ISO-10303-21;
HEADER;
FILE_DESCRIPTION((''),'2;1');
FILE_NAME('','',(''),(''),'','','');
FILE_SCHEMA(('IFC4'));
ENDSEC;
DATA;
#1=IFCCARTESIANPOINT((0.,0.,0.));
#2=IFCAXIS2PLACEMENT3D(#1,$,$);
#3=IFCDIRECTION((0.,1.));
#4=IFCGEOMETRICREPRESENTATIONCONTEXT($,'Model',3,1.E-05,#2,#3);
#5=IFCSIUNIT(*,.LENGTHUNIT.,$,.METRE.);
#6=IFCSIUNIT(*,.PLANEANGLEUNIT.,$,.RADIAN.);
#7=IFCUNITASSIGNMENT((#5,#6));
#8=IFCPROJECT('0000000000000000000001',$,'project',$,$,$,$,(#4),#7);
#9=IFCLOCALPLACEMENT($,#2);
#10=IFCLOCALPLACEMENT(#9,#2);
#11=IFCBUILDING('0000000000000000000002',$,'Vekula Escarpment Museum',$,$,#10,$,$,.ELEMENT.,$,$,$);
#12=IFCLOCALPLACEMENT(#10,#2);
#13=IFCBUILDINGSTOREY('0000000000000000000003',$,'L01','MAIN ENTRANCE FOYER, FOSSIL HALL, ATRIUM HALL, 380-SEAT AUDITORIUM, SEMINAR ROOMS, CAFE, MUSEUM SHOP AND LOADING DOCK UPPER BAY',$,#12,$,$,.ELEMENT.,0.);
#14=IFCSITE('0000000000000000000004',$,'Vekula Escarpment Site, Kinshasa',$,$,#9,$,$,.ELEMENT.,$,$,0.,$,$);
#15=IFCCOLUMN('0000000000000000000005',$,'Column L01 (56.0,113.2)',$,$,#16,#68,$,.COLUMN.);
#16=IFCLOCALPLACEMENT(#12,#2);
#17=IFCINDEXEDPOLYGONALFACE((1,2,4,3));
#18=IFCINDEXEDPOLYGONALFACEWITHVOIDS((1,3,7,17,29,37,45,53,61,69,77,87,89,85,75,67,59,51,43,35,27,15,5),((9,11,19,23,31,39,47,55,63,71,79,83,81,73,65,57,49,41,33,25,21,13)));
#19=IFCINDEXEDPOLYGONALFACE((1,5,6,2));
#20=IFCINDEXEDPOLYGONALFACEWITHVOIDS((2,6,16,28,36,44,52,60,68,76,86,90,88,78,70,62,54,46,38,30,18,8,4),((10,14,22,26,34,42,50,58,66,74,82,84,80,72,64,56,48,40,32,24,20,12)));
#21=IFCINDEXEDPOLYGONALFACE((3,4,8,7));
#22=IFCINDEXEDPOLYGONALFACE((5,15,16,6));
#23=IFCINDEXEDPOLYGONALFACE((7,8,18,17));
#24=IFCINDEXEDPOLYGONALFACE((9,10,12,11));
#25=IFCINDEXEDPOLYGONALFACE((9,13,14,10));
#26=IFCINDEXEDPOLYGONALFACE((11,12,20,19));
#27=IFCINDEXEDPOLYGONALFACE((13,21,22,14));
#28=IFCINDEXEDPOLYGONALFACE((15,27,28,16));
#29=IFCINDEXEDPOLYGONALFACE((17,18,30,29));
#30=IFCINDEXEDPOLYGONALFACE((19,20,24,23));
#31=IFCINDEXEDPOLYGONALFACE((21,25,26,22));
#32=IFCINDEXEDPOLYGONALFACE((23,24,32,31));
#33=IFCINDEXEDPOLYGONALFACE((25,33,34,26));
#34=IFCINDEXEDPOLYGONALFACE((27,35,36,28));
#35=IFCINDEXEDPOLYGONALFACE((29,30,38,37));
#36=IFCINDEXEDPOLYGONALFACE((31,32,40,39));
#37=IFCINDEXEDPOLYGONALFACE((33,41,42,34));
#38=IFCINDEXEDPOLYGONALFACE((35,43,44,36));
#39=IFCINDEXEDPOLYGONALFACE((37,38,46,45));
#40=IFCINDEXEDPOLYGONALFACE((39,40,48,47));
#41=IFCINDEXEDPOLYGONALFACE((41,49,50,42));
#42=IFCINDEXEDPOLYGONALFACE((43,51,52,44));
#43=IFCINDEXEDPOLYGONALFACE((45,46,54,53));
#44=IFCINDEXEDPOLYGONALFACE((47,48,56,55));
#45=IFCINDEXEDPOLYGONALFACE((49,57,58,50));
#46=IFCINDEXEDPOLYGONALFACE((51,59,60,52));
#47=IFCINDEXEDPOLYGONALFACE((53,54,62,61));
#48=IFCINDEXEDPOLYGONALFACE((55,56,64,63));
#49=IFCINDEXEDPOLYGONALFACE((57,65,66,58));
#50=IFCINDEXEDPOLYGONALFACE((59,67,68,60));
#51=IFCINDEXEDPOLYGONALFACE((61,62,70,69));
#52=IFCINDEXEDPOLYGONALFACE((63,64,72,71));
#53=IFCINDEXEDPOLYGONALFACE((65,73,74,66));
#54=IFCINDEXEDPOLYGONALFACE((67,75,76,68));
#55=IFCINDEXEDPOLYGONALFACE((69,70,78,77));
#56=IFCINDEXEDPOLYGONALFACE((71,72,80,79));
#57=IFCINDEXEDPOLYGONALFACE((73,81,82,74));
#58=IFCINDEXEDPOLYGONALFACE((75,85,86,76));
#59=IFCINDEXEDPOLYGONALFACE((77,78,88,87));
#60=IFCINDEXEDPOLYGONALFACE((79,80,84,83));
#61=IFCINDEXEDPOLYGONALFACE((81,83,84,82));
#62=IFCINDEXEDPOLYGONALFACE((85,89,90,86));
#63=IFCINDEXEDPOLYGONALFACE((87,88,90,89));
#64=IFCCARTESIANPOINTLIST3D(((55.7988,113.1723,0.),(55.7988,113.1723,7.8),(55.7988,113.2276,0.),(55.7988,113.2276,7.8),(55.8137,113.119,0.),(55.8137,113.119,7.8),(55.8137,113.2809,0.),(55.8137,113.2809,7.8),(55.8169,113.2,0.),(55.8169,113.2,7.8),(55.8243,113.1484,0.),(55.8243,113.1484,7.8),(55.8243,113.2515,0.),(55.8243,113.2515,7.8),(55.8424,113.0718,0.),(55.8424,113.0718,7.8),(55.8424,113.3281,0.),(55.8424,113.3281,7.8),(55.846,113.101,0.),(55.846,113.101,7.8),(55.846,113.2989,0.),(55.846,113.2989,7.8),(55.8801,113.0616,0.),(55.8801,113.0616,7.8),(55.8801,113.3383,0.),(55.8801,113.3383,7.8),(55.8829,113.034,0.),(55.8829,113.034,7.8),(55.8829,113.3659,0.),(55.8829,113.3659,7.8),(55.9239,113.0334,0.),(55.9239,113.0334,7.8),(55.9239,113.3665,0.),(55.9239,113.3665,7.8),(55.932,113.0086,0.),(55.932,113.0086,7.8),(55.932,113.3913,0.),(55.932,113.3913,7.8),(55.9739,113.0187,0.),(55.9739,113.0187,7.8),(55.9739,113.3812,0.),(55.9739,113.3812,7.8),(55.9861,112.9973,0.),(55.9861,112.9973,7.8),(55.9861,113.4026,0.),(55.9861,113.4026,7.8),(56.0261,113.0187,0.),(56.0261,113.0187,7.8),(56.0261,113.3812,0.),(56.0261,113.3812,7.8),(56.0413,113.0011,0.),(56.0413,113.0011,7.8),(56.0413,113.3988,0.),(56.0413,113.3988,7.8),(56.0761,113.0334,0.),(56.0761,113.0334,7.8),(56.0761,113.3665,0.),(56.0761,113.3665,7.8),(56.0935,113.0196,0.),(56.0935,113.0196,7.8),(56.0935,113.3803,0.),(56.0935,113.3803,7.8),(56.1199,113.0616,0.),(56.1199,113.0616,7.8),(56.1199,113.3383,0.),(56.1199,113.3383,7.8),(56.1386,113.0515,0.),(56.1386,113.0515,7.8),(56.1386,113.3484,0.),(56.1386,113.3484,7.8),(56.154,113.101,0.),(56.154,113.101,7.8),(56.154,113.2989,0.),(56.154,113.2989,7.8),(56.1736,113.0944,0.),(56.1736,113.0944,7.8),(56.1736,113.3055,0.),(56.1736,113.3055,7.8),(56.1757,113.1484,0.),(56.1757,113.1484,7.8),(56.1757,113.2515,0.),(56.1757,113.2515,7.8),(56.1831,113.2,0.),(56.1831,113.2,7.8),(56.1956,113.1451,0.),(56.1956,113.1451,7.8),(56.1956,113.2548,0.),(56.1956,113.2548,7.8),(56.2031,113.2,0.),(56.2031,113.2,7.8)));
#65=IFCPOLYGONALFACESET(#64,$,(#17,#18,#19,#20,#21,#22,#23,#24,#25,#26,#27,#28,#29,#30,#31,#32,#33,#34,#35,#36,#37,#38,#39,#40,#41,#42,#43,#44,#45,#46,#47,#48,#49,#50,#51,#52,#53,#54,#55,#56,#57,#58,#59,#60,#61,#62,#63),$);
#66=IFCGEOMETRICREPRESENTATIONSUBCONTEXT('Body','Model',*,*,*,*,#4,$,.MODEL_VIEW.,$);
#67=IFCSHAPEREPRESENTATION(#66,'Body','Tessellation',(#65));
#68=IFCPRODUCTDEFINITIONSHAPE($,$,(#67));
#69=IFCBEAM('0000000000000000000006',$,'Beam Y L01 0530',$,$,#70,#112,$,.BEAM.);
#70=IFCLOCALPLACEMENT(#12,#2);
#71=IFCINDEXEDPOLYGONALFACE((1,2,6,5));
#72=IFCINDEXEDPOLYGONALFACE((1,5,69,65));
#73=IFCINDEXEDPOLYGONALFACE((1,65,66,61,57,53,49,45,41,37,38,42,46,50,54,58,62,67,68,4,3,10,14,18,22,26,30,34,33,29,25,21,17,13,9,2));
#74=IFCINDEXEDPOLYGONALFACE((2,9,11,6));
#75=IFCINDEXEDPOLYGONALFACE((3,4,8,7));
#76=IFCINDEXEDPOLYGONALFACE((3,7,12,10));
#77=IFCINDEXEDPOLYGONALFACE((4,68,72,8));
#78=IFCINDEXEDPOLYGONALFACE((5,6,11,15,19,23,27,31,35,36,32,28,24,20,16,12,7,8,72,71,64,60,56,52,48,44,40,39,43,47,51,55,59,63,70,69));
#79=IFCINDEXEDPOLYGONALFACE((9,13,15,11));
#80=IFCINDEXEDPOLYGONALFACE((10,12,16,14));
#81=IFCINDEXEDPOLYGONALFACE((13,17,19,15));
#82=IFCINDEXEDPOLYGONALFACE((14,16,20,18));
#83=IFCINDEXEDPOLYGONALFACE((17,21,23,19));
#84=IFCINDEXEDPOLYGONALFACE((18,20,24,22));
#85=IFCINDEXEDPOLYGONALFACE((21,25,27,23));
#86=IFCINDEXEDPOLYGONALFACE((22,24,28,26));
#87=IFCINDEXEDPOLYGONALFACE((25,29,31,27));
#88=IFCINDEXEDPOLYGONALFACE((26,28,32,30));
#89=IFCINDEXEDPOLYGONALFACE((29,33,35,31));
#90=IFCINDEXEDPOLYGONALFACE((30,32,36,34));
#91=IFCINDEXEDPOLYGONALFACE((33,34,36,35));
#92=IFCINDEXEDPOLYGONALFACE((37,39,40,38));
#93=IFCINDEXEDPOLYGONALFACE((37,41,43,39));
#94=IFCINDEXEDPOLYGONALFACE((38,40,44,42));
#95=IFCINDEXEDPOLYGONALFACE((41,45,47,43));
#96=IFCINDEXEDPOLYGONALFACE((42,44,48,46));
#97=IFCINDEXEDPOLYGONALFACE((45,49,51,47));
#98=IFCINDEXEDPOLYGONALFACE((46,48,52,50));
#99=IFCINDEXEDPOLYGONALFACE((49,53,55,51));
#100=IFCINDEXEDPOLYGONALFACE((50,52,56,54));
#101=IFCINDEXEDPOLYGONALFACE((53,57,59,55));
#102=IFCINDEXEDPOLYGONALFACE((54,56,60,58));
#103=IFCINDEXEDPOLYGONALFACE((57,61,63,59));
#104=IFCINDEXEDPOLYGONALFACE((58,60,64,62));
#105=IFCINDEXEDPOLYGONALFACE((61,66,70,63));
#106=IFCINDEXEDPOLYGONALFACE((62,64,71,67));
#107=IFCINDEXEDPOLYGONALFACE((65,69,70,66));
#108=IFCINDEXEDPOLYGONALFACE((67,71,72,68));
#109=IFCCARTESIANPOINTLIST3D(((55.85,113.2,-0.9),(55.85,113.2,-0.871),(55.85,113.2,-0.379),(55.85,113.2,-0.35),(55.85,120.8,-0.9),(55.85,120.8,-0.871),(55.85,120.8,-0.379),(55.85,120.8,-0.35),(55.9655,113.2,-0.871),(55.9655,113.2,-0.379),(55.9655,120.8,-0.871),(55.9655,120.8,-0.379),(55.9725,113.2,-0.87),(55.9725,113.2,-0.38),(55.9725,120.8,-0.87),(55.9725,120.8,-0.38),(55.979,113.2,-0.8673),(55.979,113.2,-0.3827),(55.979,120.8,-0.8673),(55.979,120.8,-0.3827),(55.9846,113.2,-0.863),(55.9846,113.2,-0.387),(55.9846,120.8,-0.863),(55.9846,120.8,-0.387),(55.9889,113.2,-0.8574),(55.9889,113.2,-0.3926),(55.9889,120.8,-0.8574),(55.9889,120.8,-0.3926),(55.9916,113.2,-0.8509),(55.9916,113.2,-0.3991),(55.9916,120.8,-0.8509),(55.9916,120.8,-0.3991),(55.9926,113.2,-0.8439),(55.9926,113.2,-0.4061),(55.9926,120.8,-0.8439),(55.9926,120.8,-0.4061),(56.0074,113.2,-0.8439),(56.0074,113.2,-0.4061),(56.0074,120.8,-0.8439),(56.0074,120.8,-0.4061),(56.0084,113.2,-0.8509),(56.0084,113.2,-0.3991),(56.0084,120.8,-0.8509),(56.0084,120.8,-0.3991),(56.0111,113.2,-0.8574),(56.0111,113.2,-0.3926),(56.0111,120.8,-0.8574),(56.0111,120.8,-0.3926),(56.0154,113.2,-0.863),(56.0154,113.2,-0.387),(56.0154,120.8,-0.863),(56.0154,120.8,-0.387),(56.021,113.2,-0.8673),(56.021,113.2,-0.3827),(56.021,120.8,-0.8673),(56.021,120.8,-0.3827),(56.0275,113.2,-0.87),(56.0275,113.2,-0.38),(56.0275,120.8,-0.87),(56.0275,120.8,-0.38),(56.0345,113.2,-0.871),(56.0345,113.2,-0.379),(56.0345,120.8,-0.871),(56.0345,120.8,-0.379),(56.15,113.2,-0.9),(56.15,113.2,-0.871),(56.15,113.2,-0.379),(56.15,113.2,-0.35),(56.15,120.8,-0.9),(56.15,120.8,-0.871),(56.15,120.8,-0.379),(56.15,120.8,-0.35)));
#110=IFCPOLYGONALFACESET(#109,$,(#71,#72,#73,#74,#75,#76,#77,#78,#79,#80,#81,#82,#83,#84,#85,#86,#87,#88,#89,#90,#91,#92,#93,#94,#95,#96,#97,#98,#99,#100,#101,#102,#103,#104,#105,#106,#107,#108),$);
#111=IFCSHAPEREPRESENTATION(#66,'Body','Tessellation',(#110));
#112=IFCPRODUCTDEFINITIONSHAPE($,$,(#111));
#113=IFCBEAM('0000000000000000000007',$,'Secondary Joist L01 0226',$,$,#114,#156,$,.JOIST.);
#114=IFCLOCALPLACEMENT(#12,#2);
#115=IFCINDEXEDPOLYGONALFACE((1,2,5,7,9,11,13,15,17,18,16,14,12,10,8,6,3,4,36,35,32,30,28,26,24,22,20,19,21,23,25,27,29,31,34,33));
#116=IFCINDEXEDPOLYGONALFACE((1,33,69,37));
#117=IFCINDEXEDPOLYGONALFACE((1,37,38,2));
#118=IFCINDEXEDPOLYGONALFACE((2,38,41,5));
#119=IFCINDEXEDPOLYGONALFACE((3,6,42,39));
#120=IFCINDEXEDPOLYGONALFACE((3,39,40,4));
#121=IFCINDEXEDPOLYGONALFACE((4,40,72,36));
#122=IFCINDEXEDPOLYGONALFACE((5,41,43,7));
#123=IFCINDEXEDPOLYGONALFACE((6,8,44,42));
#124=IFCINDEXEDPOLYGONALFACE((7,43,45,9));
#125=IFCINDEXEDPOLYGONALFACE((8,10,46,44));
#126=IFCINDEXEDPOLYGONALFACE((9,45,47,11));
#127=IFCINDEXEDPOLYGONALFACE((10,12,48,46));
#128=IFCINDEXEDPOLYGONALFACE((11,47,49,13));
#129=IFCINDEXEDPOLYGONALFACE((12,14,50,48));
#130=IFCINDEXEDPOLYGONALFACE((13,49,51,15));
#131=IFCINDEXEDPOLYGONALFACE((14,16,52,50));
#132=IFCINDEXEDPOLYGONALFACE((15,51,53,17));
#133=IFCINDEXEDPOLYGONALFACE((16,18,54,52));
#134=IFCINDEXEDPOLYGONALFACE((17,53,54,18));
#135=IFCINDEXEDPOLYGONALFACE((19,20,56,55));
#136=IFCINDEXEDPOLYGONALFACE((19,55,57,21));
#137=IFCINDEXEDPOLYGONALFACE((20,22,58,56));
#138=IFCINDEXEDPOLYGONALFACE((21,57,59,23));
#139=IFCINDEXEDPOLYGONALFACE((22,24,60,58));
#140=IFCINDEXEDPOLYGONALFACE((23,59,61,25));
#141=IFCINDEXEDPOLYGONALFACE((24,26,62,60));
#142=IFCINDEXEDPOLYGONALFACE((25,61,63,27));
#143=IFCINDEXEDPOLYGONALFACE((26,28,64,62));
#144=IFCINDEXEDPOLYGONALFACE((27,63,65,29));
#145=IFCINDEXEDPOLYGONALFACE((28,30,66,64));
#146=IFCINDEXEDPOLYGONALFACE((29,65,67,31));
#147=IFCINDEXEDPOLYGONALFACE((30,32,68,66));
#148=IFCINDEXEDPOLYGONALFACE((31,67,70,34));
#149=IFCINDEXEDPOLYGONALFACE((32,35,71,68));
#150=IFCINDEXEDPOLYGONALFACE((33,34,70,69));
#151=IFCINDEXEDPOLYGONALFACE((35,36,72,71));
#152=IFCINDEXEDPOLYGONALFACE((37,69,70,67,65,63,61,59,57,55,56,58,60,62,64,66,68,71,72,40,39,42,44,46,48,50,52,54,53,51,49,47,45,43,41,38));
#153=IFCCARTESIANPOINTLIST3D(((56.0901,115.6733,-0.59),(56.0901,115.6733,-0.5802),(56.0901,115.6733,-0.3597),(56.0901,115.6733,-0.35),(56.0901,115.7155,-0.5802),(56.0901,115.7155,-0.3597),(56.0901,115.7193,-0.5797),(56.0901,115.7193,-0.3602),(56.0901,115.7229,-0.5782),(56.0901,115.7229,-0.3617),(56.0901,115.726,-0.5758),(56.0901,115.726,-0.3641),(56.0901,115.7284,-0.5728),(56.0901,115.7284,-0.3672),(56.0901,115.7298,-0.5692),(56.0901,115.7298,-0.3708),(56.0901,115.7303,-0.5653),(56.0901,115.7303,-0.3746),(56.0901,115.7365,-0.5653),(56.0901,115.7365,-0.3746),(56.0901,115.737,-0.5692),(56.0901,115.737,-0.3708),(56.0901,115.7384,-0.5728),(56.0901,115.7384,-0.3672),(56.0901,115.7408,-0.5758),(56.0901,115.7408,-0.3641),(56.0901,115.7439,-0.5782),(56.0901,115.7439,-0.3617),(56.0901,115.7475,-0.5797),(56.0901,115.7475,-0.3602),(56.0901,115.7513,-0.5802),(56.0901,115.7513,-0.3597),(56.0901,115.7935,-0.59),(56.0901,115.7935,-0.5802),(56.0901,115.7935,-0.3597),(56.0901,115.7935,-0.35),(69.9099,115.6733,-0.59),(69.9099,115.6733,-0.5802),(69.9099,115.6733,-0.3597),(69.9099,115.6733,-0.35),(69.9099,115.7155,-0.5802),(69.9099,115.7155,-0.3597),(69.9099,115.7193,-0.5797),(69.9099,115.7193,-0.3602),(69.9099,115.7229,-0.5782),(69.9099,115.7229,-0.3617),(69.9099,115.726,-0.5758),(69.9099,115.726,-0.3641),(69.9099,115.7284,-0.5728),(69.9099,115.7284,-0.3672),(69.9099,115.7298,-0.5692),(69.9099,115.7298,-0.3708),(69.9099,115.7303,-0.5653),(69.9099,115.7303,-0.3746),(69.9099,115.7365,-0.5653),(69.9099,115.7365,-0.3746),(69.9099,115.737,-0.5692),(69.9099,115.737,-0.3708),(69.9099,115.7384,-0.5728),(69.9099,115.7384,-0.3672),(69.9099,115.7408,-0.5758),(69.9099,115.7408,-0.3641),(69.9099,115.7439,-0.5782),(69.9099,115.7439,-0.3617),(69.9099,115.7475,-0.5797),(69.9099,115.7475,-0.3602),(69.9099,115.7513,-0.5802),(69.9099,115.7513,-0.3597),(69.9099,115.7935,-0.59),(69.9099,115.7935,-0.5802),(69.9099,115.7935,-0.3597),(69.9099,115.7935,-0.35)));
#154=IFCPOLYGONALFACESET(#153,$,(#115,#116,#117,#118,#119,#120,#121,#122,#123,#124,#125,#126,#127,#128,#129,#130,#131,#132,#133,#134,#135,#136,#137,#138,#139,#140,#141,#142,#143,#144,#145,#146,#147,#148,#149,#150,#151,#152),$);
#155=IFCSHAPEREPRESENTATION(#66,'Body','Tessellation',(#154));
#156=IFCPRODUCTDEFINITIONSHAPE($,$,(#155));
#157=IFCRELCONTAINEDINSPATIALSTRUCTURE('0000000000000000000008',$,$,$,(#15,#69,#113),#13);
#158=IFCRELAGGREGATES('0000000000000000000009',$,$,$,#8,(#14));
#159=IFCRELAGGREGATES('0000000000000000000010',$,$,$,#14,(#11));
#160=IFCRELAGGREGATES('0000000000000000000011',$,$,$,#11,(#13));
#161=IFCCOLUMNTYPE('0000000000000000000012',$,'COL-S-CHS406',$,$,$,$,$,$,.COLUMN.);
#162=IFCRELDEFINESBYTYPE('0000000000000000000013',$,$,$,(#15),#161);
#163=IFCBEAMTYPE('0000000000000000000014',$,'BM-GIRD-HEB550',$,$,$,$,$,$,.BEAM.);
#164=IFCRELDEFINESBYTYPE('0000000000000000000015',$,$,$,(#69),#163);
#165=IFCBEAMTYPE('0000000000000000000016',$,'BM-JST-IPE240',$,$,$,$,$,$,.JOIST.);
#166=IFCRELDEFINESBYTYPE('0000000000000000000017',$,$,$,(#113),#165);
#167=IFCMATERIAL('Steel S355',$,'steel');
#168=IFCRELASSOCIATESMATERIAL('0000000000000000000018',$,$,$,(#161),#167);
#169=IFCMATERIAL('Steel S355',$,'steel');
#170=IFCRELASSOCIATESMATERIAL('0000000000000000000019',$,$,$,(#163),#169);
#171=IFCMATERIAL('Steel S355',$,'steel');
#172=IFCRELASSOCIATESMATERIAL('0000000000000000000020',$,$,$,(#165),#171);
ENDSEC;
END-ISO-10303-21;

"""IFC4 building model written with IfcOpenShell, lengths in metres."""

from ifc_helpers import new_model, si_unit, direction, frame, origin, origin_2d, place, context, subcontext, project, spatial, hollow_circle, i_section, extrude, material, material_profile, profile_set, type_object, element, save


model = new_model("IFC4")

# Units and contexts
model_context = context("Model", 3, precision=1e-05, world=origin(), true_north=direction((0.0, 1.0)))
body_context = subcontext(model_context, "Body", "Model", "MODEL_VIEW")
ifc_project = project(units=[si_unit("LENGTHUNIT", "METRE"), si_unit("PLANEANGLEUNIT", "RADIAN")], contexts=[model_context])

# Site, building, storey
site_placement = place(None, origin())
site = spatial("IfcSite", under=ifc_project, at=site_placement, Name="Vekula Escarpment Site, Kinshasa", CompositionType="ELEMENT", RefElevation=0.0)
building_placement = place(site_placement, origin())
building = spatial("IfcBuilding", under=site, at=building_placement, Name="Vekula Escarpment Museum", CompositionType="ELEMENT")
storey_placement = place(building_placement, origin())
storey = spatial("IfcBuildingStorey", under=building, at=storey_placement, Name="L01", Description="MAIN ENTRANCE FOYER, FOSSIL HALL, ATRIUM HALL, 380-SEAT AUDITORIUM, SEMINAR ROOMS, CAFE, MUSEUM SHOP AND LOADING DOCK UPPER BAY", CompositionType="ELEMENT", Elevation=0.0)

# Column
ifc_material_1 = material(Name="Steel S355", Category="steel")
ifc_material_profile_1 = material_profile(ifc_material_1, hollow_circle(Radius=0.2031, WallThickness=0.02, at=origin_2d()), Name="CHS 406.4x20")
ifc_profile_set_1 = profile_set([ifc_material_profile_1], Name="Steel S355")
column_type = type_object("IfcColumnType", Name="COL-S-CHS406", PredefinedType="COLUMN", material=ifc_profile_set_1)
column_placement = place(storey_placement, frame((56.0, 113.2, 0.0), z_axis=(0.0, 0.0, 1.0), x_axis=(1.0, 0.0, 0.0)))
element("IfcColumn", 1, at=column_placement, inside=storey, type_object=column_type, Name="Column L01 (56.0,113.2)", PredefinedType="COLUMN", context=body_context, shape_type="SweptSolid", body=[
    extrude(hollow_circle(Radius=0.2031, WallThickness=0.02, at=origin_2d()), origin(), (0.0, 0.0, 1.0), 7.8),
])

# Beams
ifc_material_2 = material(Name="Steel S355", Category="steel")
ifc_material_profile_2 = material_profile(ifc_material_2, i_section(OverallWidth=0.3, OverallDepth=0.55, WebThickness=0.0149, FlangeThickness=0.0291, FilletRadius=0.0271, at=origin_2d()), Name="HEB 550")
ifc_profile_set_2 = profile_set([ifc_material_profile_2], Name="Steel S355")
beam_type_1 = type_object("IfcBeamType", Name="BM-GIRD-HEB550", PredefinedType="BEAM", material=ifc_profile_set_2)
beam_1_placement = place(storey_placement, frame((56.0, 113.2, -0.625), z_axis=(0.0, 1.0, 0.0), x_axis=(-1.0, 0.0, 0.0)))
element("IfcBeam", 2, at=beam_1_placement, inside=storey, type_object=beam_type_1, Name="Beam Y L01 0530", PredefinedType="BEAM", context=body_context, shape_type="SweptSolid", body=[
    extrude(i_section(OverallWidth=0.3, OverallDepth=0.55, WebThickness=0.0149, FlangeThickness=0.0291, FilletRadius=0.0271, at=origin_2d()), origin(), (0.0, 0.0, 1.0), 7.6001),
])
ifc_material_3 = material(Name="Steel S355", Category="steel")
ifc_material_profile_3 = material_profile(ifc_material_3, i_section(OverallWidth=0.1201, OverallDepth=0.24, WebThickness=0.0061, FlangeThickness=0.0098, FilletRadius=0.0149, at=origin_2d()), Name="IPE 240")
ifc_profile_set_3 = profile_set([ifc_material_profile_3], Name="Steel S355")
beam_type_2 = type_object("IfcBeamType", Name="BM-JST-IPE240", PredefinedType="JOIST", material=ifc_profile_set_3)
for number, where, z_axis, x_axis, name in (
    (3, (56.0901, 115.7334, -0.47), (1.0, 0.0, 0.0), (0.0, 1.0, 0.0), "Secondary Joist L01 0226"),
):
    element("IfcBeam", number, at=place(storey_placement, frame(where, z_axis=z_axis, x_axis=x_axis)), inside=storey, type_object=beam_type_2, Name=name, PredefinedType="JOIST", context=body_context, shape_type="SweptSolid", body=[
        extrude(i_section(OverallWidth=0.1201, OverallDepth=0.24, WebThickness=0.0061, FlangeThickness=0.0098, FilletRadius=0.0149, at=origin_2d()), origin(), (0.0, 0.0, 1.0), 13.8198),
    ])

save(model, "model.ifc")
